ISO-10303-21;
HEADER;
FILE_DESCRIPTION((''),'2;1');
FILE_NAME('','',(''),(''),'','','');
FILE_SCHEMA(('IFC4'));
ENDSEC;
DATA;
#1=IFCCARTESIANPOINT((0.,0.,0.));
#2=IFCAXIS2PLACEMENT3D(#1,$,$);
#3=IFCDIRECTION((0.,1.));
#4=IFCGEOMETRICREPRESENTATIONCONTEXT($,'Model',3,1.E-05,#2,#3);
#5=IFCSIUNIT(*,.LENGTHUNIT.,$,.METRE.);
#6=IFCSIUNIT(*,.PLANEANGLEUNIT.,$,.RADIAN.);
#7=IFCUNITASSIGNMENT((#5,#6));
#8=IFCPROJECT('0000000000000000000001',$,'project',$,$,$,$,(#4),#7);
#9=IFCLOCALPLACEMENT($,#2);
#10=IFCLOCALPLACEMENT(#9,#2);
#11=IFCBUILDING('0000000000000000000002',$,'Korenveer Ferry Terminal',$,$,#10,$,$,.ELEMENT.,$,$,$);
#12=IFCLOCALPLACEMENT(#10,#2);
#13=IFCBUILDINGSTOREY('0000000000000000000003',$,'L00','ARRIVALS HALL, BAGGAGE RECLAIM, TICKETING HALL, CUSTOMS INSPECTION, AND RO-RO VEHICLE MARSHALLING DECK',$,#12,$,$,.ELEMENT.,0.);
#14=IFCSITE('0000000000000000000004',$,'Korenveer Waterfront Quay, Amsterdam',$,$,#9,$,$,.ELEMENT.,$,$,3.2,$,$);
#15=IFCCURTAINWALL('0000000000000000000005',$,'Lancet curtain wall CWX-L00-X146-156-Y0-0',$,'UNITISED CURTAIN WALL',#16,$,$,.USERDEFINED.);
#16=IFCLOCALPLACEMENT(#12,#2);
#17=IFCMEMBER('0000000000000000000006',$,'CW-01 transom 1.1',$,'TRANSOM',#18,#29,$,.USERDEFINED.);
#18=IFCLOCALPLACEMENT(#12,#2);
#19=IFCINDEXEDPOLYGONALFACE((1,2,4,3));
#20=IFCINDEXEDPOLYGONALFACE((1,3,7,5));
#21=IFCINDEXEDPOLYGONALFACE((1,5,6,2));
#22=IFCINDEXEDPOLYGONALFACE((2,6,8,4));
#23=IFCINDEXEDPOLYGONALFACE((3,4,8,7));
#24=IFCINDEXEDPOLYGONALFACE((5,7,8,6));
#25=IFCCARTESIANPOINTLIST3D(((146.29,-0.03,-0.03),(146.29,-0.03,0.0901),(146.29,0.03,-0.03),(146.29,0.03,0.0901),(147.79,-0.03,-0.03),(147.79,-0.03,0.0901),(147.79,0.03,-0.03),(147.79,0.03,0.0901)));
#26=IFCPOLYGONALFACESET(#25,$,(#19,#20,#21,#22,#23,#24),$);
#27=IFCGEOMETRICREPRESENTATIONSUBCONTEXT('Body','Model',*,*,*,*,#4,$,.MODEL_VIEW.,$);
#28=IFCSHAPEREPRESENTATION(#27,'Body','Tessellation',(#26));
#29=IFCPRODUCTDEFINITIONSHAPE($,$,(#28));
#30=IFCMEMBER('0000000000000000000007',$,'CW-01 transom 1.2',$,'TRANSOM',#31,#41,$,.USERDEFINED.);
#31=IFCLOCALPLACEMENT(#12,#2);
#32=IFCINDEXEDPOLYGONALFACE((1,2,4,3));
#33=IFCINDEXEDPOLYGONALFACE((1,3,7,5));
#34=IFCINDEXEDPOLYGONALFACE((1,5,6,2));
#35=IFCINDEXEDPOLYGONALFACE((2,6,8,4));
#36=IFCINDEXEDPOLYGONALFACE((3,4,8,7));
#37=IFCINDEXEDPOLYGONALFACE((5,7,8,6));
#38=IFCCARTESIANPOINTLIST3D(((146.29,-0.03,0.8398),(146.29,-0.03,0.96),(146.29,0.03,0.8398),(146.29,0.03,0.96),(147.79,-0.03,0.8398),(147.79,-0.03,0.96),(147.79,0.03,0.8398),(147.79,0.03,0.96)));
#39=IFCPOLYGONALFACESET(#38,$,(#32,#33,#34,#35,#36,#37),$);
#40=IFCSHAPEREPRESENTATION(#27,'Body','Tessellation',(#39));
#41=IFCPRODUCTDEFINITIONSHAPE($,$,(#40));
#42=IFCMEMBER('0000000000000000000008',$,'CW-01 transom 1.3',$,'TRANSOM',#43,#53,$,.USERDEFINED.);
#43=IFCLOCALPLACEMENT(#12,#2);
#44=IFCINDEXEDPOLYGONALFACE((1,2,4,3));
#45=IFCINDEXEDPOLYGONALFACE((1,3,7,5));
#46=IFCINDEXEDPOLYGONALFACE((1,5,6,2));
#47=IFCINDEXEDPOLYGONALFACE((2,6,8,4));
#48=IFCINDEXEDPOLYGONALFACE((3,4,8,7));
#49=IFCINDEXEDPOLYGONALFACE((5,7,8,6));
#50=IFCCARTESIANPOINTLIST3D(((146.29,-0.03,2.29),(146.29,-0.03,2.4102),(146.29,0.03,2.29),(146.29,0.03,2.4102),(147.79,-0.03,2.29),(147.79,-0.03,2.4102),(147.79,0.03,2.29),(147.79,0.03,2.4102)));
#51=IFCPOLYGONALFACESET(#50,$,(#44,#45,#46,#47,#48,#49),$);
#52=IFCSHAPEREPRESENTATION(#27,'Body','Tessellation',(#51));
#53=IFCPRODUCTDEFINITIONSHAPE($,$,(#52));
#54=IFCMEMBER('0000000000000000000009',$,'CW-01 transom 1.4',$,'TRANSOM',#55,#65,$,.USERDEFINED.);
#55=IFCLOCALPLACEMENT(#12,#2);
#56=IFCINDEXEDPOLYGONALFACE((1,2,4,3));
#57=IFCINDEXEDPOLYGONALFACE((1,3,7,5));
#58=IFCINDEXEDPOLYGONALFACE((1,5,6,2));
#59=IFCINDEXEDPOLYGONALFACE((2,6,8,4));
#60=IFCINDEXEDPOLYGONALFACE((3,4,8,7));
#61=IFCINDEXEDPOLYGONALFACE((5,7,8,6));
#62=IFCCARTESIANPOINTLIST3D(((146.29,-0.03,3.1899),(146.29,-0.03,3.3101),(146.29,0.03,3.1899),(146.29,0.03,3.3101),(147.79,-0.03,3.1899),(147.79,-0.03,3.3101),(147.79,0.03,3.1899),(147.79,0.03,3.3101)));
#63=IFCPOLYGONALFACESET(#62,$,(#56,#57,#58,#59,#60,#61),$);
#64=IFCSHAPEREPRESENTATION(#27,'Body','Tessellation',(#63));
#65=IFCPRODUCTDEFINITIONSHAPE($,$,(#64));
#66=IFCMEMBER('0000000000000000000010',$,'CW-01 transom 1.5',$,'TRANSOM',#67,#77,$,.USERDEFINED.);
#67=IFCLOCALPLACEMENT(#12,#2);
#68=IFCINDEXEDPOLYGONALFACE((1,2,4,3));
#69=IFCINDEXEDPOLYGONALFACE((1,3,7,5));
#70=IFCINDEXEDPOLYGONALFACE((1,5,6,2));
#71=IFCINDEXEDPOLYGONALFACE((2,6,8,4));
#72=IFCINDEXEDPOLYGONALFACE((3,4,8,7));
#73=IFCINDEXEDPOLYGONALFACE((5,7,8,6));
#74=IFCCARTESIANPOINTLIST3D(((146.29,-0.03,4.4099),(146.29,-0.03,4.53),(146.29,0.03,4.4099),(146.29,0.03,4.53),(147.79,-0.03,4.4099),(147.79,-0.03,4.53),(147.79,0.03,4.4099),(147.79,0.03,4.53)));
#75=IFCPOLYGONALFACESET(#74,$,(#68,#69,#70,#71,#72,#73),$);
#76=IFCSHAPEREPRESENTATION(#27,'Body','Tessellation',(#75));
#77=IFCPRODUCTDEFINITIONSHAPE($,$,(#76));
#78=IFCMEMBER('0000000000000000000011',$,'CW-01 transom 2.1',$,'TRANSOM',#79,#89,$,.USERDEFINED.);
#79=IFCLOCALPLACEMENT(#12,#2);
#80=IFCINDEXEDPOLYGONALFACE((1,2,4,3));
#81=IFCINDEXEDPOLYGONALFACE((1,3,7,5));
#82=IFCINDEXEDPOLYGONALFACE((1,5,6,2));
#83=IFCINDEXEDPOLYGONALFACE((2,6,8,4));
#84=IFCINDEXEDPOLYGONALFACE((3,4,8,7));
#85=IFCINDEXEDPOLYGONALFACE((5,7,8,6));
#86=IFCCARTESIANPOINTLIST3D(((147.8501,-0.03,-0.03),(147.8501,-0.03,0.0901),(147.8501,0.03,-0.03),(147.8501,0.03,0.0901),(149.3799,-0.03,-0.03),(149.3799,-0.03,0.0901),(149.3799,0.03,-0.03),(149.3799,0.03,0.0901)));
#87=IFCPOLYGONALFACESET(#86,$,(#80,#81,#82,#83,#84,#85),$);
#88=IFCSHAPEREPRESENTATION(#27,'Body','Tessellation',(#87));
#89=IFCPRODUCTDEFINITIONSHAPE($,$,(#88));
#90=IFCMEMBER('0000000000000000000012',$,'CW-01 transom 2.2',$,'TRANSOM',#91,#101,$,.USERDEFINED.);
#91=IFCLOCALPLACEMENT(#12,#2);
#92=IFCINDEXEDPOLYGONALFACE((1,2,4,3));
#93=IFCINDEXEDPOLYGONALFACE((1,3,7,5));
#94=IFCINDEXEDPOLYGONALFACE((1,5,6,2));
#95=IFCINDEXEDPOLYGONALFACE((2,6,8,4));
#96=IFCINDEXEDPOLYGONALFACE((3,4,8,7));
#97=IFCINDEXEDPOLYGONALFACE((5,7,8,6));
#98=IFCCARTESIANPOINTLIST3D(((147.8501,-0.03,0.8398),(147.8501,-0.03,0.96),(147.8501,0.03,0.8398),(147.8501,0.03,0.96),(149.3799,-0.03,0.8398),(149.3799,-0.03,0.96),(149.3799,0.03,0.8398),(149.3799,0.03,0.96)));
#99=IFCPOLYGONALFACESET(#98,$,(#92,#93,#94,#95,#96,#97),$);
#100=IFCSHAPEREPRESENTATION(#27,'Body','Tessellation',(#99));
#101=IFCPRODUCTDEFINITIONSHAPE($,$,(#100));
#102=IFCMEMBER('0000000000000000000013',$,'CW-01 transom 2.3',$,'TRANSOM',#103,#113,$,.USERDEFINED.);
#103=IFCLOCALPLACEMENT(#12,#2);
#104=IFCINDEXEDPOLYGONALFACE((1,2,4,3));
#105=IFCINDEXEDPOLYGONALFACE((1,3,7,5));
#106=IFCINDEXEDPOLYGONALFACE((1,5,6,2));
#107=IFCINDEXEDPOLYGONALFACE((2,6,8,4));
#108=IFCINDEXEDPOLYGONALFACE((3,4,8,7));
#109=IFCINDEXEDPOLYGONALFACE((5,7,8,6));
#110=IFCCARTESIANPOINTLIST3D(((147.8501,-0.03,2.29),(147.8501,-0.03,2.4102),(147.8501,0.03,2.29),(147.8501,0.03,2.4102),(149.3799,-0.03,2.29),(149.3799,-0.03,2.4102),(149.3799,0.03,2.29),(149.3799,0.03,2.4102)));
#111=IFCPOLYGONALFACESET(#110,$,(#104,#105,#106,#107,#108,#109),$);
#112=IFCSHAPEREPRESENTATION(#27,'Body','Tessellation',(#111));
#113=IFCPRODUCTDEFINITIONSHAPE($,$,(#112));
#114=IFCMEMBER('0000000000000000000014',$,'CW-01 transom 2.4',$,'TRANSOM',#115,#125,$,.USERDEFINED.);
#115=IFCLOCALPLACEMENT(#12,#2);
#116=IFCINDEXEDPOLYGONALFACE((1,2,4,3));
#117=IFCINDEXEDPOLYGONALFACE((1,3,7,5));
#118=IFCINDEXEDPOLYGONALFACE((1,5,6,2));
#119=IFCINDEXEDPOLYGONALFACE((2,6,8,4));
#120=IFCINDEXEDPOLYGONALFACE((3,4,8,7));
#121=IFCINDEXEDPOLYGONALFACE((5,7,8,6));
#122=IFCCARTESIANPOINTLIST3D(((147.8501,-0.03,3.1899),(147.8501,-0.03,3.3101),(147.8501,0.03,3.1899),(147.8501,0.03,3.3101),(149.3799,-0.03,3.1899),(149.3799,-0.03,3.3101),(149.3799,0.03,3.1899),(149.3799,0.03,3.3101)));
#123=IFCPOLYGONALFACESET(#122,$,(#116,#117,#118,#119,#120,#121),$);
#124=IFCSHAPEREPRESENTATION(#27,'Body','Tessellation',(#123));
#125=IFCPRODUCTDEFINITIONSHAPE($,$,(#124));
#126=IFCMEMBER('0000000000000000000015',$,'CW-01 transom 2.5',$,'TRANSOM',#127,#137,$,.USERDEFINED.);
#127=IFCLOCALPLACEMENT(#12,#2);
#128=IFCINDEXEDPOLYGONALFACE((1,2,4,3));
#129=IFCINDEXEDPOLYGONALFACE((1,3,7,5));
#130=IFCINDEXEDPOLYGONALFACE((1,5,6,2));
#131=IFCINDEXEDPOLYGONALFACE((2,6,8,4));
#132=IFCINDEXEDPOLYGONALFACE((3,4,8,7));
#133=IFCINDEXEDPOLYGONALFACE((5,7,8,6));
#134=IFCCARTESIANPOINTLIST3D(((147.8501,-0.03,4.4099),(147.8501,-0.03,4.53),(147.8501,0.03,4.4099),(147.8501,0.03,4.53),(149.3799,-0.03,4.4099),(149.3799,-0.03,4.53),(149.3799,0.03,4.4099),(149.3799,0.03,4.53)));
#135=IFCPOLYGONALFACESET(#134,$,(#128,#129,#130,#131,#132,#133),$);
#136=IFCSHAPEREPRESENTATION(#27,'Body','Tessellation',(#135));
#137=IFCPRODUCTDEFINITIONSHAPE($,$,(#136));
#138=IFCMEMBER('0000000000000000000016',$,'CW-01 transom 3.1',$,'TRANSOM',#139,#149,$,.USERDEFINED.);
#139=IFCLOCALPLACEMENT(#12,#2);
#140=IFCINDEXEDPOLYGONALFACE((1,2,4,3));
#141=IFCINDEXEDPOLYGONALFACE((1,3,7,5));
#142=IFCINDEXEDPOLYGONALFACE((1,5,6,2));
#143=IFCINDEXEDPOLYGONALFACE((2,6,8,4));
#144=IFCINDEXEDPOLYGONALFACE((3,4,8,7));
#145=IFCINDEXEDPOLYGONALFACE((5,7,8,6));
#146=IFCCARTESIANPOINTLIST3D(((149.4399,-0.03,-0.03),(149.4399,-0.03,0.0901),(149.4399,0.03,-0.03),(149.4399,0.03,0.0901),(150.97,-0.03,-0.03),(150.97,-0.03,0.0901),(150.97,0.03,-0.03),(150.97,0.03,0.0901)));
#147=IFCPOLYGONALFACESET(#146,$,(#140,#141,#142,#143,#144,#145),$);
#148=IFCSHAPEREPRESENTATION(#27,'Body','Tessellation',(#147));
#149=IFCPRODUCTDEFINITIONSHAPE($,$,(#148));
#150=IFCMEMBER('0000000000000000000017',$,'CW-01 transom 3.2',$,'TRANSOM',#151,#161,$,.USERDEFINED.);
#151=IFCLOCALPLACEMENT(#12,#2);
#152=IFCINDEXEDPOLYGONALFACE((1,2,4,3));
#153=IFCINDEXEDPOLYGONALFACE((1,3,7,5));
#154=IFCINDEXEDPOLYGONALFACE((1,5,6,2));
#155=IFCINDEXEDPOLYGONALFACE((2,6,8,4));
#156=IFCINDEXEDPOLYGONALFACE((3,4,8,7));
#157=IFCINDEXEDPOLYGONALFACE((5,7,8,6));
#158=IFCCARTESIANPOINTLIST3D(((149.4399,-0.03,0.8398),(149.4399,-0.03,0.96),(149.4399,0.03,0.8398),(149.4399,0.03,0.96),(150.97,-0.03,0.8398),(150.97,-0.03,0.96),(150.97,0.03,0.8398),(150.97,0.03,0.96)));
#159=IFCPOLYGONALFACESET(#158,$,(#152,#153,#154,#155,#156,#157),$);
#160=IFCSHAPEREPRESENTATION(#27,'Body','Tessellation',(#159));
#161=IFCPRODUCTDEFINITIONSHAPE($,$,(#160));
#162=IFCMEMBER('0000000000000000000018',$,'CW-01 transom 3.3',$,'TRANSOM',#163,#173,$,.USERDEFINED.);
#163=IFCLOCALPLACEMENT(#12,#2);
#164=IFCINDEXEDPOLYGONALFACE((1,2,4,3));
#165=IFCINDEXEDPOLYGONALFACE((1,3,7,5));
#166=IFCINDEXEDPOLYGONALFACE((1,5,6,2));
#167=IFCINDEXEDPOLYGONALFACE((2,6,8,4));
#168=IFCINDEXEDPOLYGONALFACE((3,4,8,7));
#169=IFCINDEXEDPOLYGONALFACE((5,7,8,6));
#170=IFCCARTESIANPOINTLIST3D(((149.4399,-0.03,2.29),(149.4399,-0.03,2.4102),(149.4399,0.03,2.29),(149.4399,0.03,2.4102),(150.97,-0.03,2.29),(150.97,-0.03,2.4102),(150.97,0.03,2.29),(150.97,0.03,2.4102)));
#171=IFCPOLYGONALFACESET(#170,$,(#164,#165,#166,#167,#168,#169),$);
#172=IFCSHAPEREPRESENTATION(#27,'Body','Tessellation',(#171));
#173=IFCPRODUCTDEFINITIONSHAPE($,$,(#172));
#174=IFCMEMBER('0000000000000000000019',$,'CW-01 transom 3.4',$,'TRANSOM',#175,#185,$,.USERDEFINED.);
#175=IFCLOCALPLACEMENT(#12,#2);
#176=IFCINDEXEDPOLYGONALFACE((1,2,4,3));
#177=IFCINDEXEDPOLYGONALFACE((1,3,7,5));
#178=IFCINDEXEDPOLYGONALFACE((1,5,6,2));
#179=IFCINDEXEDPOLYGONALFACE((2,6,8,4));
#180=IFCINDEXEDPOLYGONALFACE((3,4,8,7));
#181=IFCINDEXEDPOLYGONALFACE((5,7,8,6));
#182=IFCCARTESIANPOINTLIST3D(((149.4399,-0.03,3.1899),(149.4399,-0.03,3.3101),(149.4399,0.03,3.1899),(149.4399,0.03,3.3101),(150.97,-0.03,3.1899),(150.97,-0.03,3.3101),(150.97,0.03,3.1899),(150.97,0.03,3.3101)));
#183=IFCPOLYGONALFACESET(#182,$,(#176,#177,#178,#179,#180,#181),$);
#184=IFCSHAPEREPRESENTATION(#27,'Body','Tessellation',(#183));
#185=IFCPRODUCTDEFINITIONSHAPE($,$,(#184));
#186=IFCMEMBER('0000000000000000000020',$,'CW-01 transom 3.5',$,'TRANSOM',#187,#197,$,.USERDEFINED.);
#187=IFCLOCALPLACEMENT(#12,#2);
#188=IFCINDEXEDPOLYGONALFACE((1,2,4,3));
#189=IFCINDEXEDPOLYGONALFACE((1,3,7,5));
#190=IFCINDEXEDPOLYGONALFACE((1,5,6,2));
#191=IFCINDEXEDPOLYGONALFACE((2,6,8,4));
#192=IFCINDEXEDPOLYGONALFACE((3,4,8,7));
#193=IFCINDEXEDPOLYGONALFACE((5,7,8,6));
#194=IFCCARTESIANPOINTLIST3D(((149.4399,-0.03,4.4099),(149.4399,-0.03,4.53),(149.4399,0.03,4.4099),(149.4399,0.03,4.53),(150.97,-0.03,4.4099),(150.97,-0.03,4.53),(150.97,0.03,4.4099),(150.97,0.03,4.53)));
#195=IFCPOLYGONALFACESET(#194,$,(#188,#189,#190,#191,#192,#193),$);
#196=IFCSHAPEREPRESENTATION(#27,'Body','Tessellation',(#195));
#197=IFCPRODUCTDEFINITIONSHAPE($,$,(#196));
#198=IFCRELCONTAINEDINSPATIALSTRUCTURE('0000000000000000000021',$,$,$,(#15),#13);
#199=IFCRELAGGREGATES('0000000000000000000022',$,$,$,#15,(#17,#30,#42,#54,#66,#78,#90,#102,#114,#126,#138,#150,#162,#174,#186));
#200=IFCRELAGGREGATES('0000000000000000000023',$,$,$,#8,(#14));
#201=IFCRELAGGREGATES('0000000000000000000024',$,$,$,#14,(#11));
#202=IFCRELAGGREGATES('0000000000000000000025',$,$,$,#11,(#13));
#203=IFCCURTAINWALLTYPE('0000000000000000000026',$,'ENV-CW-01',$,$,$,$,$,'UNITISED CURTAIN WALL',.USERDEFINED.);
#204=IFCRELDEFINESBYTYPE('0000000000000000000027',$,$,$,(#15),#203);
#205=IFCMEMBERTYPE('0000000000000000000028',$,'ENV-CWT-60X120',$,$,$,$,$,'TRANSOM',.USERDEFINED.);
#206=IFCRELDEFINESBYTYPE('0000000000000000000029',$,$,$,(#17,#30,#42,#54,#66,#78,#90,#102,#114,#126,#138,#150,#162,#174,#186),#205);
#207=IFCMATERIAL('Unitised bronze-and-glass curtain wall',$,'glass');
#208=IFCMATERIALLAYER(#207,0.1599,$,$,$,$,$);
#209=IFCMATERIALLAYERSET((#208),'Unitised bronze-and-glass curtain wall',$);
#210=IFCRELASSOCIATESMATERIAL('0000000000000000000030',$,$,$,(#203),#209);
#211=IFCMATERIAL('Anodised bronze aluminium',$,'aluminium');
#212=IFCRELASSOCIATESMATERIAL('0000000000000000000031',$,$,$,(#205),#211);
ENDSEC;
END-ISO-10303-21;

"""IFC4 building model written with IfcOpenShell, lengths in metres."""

from ifc_helpers import new_model, si_unit, direction, frame, origin, origin_2d, place, context, subcontext, project, spatial, rectangle, extrude, material, layer, layer_set, material_profile, profile_set, type_object, element, aggregate, save


model = new_model("IFC4")

# Units and contexts
model_context = context("Model", 3, precision=1e-05, world=origin(), true_north=direction((0.0, 1.0)))
body_context = subcontext(model_context, "Body", "Model", "MODEL_VIEW")
ifc_project = project(units=[si_unit("LENGTHUNIT", "METRE"), si_unit("PLANEANGLEUNIT", "RADIAN")], contexts=[model_context])

# Site, building, storey
site_placement = place(None, origin())
site = spatial("IfcSite", under=ifc_project, at=site_placement, Name="Korenveer Waterfront Quay, Amsterdam", CompositionType="ELEMENT", RefElevation=3.2)
building_placement = place(site_placement, origin())
building = spatial("IfcBuilding", under=site, at=building_placement, Name="Korenveer Ferry Terminal", CompositionType="ELEMENT")
storey_placement = place(building_placement, origin())
storey = spatial("IfcBuildingStorey", under=building, at=storey_placement, Name="L00", Description="ARRIVALS HALL, BAGGAGE RECLAIM, TICKETING HALL, CUSTOMS INSPECTION, AND RO-RO VEHICLE MARSHALLING DECK", CompositionType="ELEMENT", Elevation=0.0)

# Curtain wall, members
ifc_material_1 = material(Name="Unitised bronze-and-glass curtain wall", Category="glass")
ifc_layer_1 = layer(ifc_material_1, 0.1599)
ifc_layer_set_1 = layer_set([ifc_layer_1], Name="Unitised bronze-and-glass curtain wall")
curtain_wall_type = type_object("IfcCurtainWallType", Name="ENV-CW-01", ElementType="UNITISED CURTAIN WALL", PredefinedType="USERDEFINED", material=ifc_layer_set_1)
curtain_wall_placement = place(storey_placement, frame((146.23, 0.0, 0.0)))
curtain_wall = element("IfcCurtainWall", 1, at=curtain_wall_placement, inside=storey, type_object=curtain_wall_type, Name="Lancet curtain wall CWX-L00-X146-156-Y0-0", ObjectType="UNITISED CURTAIN WALL", PredefinedType="USERDEFINED")
ifc_material_2 = material(Name="Anodised bronze aluminium", Category="aluminium")
ifc_material_profile_1 = material_profile(ifc_material_2, rectangle(XDim=0.0601, YDim=0.1201, at=origin_2d()), Name="ALU 60x120")
ifc_profile_set_1 = profile_set([ifc_material_profile_1], Name="Anodised bronze aluminium")
member_type_1 = type_object("IfcMemberType", Name="ENV-CWT-60X120", ElementType="TRANSOM", PredefinedType="USERDEFINED", material=ifc_profile_set_1)
member_1_placement = place(storey_placement, frame((146.29, 0.0, 0.03), z_axis=(1.0, 0.0, 0.0), x_axis=(0.0, 1.0, 0.0)))
member_1 = element("IfcMember", 2, at=member_1_placement, type_object=member_type_1, Name="CW-01 transom 1.1", ObjectType="TRANSOM", PredefinedType="USERDEFINED", context=body_context, shape_type="SweptSolid", body=[
    extrude(rectangle(XDim=0.0601, YDim=0.1201, at=origin_2d()), origin(), (0.0, 0.0, 1.0), 1.5),
])
member_2_placement = place(storey_placement, frame((146.29, 0.0, 0.8999), z_axis=(1.0, 0.0, 0.0), x_axis=(0.0, 1.0, 0.0)))
member_2 = element("IfcMember", 3, at=member_2_placement, type_object=member_type_1, Name="CW-01 transom 1.2", ObjectType="TRANSOM", PredefinedType="USERDEFINED", context=body_context, shape_type="SweptSolid", body=[
    extrude(rectangle(XDim=0.0601, YDim=0.1201, at=origin_2d()), origin(), (0.0, 0.0, 1.0), 1.5),
])
member_3_placement = place(storey_placement, frame((146.29, 0.0, 2.3501), z_axis=(1.0, 0.0, 0.0), x_axis=(0.0, 1.0, 0.0)))
member_3 = element("IfcMember", 4, at=member_3_placement, type_object=member_type_1, Name="CW-01 transom 1.3", ObjectType="TRANSOM", PredefinedType="USERDEFINED", context=body_context, shape_type="SweptSolid", body=[
    extrude(rectangle(XDim=0.0601, YDim=0.1201, at=origin_2d()), origin(), (0.0, 0.0, 1.0), 1.5),
])
member_4_placement = place(storey_placement, frame((146.29, 0.0, 3.25), z_axis=(1.0, 0.0, 0.0), x_axis=(0.0, 1.0, 0.0)))
member_4 = element("IfcMember", 5, at=member_4_placement, type_object=member_type_1, Name="CW-01 transom 1.4", ObjectType="TRANSOM", PredefinedType="USERDEFINED", context=body_context, shape_type="SweptSolid", body=[
    extrude(rectangle(XDim=0.0601, YDim=0.1201, at=origin_2d()), origin(), (0.0, 0.0, 1.0), 1.5),
])
member_5_placement = place(storey_placement, frame((146.29, 0.0, 4.47), z_axis=(1.0, 0.0, 0.0), x_axis=(0.0, 1.0, 0.0)))
member_5 = element("IfcMember", 6, at=member_5_placement, type_object=member_type_1, Name="CW-01 transom 1.5", ObjectType="TRANSOM", PredefinedType="USERDEFINED", context=body_context, shape_type="SweptSolid", body=[
    extrude(rectangle(XDim=0.0601, YDim=0.1201, at=origin_2d()), origin(), (0.0, 0.0, 1.0), 1.5),
])
member_6_placement = place(storey_placement, frame((147.8501, 0.0, 0.03), z_axis=(1.0, 0.0, 0.0), x_axis=(0.0, 1.0, 0.0)))
member_6 = element("IfcMember", 7, at=member_6_placement, type_object=member_type_1, Name="CW-01 transom 2.1", ObjectType="TRANSOM", PredefinedType="USERDEFINED", context=body_context, shape_type="SweptSolid", body=[
    extrude(rectangle(XDim=0.0601, YDim=0.1201, at=origin_2d()), origin(), (0.0, 0.0, 1.0), 1.5298),
])
member_7_placement = place(storey_placement, frame((147.8501, 0.0, 0.8999), z_axis=(1.0, 0.0, 0.0), x_axis=(0.0, 1.0, 0.0)))
member_7 = element("IfcMember", 8, at=member_7_placement, type_object=member_type_1, Name="CW-01 transom 2.2", ObjectType="TRANSOM", PredefinedType="USERDEFINED", context=body_context, shape_type="SweptSolid", body=[
    extrude(rectangle(XDim=0.0601, YDim=0.1201, at=origin_2d()), origin(), (0.0, 0.0, 1.0), 1.5298),
])
member_8_placement = place(storey_placement, frame((147.8501, 0.0, 2.3501), z_axis=(1.0, 0.0, 0.0), x_axis=(0.0, 1.0, 0.0)))
member_8 = element("IfcMember", 9, at=member_8_placement, type_object=member_type_1, Name="CW-01 transom 2.3", ObjectType="TRANSOM", PredefinedType="USERDEFINED", context=body_context, shape_type="SweptSolid", body=[
    extrude(rectangle(XDim=0.0601, YDim=0.1201, at=origin_2d()), origin(), (0.0, 0.0, 1.0), 1.5298),
])
member_9_placement = place(storey_placement, frame((147.8501, 0.0, 3.25), z_axis=(1.0, 0.0, 0.0), x_axis=(0.0, 1.0, 0.0)))
member_9 = element("IfcMember", 10, at=member_9_placement, type_object=member_type_1, Name="CW-01 transom 2.4", ObjectType="TRANSOM", PredefinedType="USERDEFINED", context=body_context, shape_type="SweptSolid", body=[
    extrude(rectangle(XDim=0.0601, YDim=0.1201, at=origin_2d()), origin(), (0.0, 0.0, 1.0), 1.5298),
])
member_10_placement = place(storey_placement, frame((147.8501, 0.0, 4.47), z_axis=(1.0, 0.0, 0.0), x_axis=(0.0, 1.0, 0.0)))
member_10 = element("IfcMember", 11, at=member_10_placement, type_object=member_type_1, Name="CW-01 transom 2.5", ObjectType="TRANSOM", PredefinedType="USERDEFINED", context=body_context, shape_type="SweptSolid", body=[
    extrude(rectangle(XDim=0.0601, YDim=0.1201, at=origin_2d()), origin(), (0.0, 0.0, 1.0), 1.5298),
])
member_11_placement = place(storey_placement, frame((149.4399, 0.0, 0.03), z_axis=(1.0, 0.0, 0.0), x_axis=(0.0, 1.0, 0.0)))
member_11 = element("IfcMember", 12, at=member_11_placement, type_object=member_type_1, Name="CW-01 transom 3.1", ObjectType="TRANSOM", PredefinedType="USERDEFINED", context=body_context, shape_type="SweptSolid", body=[
    extrude(rectangle(XDim=0.0601, YDim=0.1201, at=origin_2d()), origin(), (0.0, 0.0, 1.0), 1.53),
])
member_12_placement = place(storey_placement, frame((149.4399, 0.0, 0.8999), z_axis=(1.0, 0.0, 0.0), x_axis=(0.0, 1.0, 0.0)))
member_12 = element("IfcMember", 13, at=member_12_placement, type_object=member_type_1, Name="CW-01 transom 3.2", ObjectType="TRANSOM", PredefinedType="USERDEFINED", context=body_context, shape_type="SweptSolid", body=[
    extrude(rectangle(XDim=0.0601, YDim=0.1201, at=origin_2d()), origin(), (0.0, 0.0, 1.0), 1.53),
])
member_13_placement = place(storey_placement, frame((149.4399, 0.0, 2.3501), z_axis=(1.0, 0.0, 0.0), x_axis=(0.0, 1.0, 0.0)))
member_13 = element("IfcMember", 14, at=member_13_placement, type_object=member_type_1, Name="CW-01 transom 3.3", ObjectType="TRANSOM", PredefinedType="USERDEFINED", context=body_context, shape_type="SweptSolid", body=[
    extrude(rectangle(XDim=0.0601, YDim=0.1201, at=origin_2d()), origin(), (0.0, 0.0, 1.0), 1.53),
])
member_14_placement = place(storey_placement, frame((149.4399, 0.0, 3.25), z_axis=(1.0, 0.0, 0.0), x_axis=(0.0, 1.0, 0.0)))
member_14 = element("IfcMember", 15, at=member_14_placement, type_object=member_type_1, Name="CW-01 transom 3.4", ObjectType="TRANSOM", PredefinedType="USERDEFINED", context=body_context, shape_type="SweptSolid", body=[
    extrude(rectangle(XDim=0.0601, YDim=0.1201, at=origin_2d()), origin(), (0.0, 0.0, 1.0), 1.53),
])
member_15_placement = place(storey_placement, frame((149.4399, 0.0, 4.47), z_axis=(1.0, 0.0, 0.0), x_axis=(0.0, 1.0, 0.0)))
member_15 = element("IfcMember", 16, at=member_15_placement, type_object=member_type_1, Name="CW-01 transom 3.5", ObjectType="TRANSOM", PredefinedType="USERDEFINED", context=body_context, shape_type="SweptSolid", body=[
    extrude(rectangle(XDim=0.0601, YDim=0.1201, at=origin_2d()), origin(), (0.0, 0.0, 1.0), 1.53),
])

aggregate(curtain_wall, [member_1, member_2, member_3, member_4, member_5, member_6, member_7, member_8, member_9, member_10, member_11, member_12, member_13, member_14, member_15])

save(model, "model.ifc")
